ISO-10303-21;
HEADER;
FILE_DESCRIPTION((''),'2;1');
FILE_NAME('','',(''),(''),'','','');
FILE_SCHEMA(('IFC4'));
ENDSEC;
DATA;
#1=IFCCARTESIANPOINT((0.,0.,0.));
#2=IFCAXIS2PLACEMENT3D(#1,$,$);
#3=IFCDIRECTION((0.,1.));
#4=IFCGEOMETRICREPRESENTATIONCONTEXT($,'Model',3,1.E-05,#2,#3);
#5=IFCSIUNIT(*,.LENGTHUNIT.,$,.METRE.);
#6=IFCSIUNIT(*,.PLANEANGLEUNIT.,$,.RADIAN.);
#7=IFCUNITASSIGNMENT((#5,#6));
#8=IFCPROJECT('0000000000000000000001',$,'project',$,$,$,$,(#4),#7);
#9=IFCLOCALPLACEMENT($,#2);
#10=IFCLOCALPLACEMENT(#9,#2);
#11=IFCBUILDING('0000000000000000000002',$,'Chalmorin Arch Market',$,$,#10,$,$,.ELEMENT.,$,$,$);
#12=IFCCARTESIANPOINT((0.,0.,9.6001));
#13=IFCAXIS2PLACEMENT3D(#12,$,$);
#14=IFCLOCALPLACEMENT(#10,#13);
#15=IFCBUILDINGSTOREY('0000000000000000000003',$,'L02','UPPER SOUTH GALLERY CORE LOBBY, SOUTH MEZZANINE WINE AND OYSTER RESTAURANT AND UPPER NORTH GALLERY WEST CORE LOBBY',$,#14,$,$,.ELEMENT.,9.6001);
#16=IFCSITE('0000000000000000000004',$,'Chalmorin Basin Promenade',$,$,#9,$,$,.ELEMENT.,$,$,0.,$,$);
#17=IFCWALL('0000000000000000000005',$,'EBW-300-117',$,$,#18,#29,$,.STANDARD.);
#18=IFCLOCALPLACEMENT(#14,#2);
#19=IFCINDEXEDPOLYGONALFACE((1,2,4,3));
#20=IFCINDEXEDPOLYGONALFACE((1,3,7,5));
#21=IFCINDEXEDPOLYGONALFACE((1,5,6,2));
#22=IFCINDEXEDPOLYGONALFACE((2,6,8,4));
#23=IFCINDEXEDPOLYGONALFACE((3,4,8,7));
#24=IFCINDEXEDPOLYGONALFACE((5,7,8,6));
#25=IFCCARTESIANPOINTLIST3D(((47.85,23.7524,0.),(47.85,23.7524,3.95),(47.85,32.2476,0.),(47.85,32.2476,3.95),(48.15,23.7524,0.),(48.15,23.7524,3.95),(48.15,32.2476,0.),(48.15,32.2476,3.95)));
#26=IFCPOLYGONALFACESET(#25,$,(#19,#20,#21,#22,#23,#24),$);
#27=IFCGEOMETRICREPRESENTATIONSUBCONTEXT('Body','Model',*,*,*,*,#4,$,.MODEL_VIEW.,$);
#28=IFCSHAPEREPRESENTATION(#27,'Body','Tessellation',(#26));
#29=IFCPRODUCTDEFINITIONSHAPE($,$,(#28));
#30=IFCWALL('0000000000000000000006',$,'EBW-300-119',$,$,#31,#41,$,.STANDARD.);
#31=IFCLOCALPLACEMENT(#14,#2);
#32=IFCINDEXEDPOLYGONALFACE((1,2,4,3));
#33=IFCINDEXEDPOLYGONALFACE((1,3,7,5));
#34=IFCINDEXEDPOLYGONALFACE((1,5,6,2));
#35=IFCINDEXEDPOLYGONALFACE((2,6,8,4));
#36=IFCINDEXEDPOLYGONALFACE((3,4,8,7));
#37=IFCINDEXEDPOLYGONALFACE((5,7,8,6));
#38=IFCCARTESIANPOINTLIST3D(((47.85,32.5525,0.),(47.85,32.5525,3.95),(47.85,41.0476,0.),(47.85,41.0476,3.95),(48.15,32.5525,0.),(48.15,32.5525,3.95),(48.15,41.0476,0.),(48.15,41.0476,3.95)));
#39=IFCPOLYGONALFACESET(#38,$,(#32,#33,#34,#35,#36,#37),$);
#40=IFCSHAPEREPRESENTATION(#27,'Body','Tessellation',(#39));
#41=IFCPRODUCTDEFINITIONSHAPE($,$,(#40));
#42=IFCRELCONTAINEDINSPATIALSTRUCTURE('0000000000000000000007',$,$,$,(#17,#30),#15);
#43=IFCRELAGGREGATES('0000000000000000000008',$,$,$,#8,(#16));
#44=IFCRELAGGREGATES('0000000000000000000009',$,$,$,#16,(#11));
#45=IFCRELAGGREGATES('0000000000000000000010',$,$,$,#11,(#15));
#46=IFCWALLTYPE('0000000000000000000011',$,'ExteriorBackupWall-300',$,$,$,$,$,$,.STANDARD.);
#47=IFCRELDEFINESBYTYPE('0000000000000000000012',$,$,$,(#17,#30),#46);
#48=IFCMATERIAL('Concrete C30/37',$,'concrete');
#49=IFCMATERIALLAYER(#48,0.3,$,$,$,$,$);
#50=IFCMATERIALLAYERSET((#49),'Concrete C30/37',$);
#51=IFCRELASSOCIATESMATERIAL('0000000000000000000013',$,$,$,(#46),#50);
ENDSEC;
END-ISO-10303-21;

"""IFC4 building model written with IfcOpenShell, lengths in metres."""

from ifc_helpers import new_model, si_unit, direction, frame, frame_2d, origin, place, context, subcontext, project, spatial, rectangle, extrude, material, layer, layer_set, type_object, element, save


model = new_model("IFC4")

# Units and contexts
model_context = context("Model", 3, precision=1e-05, world=origin(), true_north=direction((0.0, 1.0)))
body_context = subcontext(model_context, "Body", "Model", "MODEL_VIEW")
ifc_project = project(units=[si_unit("LENGTHUNIT", "METRE"), si_unit("PLANEANGLEUNIT", "RADIAN")], contexts=[model_context])

# Site, building, storey
site_placement = place(None, origin())
site = spatial("IfcSite", under=ifc_project, at=site_placement, Name="Chalmorin Basin Promenade", CompositionType="ELEMENT", RefElevation=0.0)
building_placement = place(site_placement, origin())
building = spatial("IfcBuilding", under=site, at=building_placement, Name="Chalmorin Arch Market", CompositionType="ELEMENT")
storey_placement = place(building_placement, frame((0.0, 0.0, 9.6001)))
storey = spatial("IfcBuildingStorey", under=building, at=storey_placement, Name="L02", Description="UPPER SOUTH GALLERY CORE LOBBY, SOUTH MEZZANINE WINE AND OYSTER RESTAURANT AND UPPER NORTH GALLERY WEST CORE LOBBY", CompositionType="ELEMENT", Elevation=9.6001)

# Walls
ifc_material_1 = material(Name="Concrete C30/37", Category="concrete")
ifc_layer_1 = layer(ifc_material_1, 0.3)
ifc_layer_set_1 = layer_set([ifc_layer_1], Name="Concrete C30/37")
wall_type = type_object("IfcWallType", Name="ExteriorBackupWall-300", PredefinedType="STANDARD", material=ifc_layer_set_1)
for number, where, z_axis, x_axis, name in (
    (1, (48.0, 23.7524, 0.0), (0.0, 0.0, 1.0), (0.0, 1.0, 0.0), "EBW-300-117"),
    (2, (48.0, 32.5525, 0.0), (0.0, 0.0, 1.0), (0.0, 1.0, 0.0), "EBW-300-119"),
):
    element("IfcWall", number, at=place(storey_placement, frame(where, z_axis=z_axis, x_axis=x_axis)), inside=storey, type_object=wall_type, Name=name, PredefinedType="STANDARD", context=body_context, shape_type="SweptSolid", body=[
        extrude(rectangle(XDim=8.4951, YDim=0.3, at=frame_2d((4.2476, 0.0))), origin(), (0.0, 0.0, 1.0), 3.95),
    ])

save(model, "model.ifc")
